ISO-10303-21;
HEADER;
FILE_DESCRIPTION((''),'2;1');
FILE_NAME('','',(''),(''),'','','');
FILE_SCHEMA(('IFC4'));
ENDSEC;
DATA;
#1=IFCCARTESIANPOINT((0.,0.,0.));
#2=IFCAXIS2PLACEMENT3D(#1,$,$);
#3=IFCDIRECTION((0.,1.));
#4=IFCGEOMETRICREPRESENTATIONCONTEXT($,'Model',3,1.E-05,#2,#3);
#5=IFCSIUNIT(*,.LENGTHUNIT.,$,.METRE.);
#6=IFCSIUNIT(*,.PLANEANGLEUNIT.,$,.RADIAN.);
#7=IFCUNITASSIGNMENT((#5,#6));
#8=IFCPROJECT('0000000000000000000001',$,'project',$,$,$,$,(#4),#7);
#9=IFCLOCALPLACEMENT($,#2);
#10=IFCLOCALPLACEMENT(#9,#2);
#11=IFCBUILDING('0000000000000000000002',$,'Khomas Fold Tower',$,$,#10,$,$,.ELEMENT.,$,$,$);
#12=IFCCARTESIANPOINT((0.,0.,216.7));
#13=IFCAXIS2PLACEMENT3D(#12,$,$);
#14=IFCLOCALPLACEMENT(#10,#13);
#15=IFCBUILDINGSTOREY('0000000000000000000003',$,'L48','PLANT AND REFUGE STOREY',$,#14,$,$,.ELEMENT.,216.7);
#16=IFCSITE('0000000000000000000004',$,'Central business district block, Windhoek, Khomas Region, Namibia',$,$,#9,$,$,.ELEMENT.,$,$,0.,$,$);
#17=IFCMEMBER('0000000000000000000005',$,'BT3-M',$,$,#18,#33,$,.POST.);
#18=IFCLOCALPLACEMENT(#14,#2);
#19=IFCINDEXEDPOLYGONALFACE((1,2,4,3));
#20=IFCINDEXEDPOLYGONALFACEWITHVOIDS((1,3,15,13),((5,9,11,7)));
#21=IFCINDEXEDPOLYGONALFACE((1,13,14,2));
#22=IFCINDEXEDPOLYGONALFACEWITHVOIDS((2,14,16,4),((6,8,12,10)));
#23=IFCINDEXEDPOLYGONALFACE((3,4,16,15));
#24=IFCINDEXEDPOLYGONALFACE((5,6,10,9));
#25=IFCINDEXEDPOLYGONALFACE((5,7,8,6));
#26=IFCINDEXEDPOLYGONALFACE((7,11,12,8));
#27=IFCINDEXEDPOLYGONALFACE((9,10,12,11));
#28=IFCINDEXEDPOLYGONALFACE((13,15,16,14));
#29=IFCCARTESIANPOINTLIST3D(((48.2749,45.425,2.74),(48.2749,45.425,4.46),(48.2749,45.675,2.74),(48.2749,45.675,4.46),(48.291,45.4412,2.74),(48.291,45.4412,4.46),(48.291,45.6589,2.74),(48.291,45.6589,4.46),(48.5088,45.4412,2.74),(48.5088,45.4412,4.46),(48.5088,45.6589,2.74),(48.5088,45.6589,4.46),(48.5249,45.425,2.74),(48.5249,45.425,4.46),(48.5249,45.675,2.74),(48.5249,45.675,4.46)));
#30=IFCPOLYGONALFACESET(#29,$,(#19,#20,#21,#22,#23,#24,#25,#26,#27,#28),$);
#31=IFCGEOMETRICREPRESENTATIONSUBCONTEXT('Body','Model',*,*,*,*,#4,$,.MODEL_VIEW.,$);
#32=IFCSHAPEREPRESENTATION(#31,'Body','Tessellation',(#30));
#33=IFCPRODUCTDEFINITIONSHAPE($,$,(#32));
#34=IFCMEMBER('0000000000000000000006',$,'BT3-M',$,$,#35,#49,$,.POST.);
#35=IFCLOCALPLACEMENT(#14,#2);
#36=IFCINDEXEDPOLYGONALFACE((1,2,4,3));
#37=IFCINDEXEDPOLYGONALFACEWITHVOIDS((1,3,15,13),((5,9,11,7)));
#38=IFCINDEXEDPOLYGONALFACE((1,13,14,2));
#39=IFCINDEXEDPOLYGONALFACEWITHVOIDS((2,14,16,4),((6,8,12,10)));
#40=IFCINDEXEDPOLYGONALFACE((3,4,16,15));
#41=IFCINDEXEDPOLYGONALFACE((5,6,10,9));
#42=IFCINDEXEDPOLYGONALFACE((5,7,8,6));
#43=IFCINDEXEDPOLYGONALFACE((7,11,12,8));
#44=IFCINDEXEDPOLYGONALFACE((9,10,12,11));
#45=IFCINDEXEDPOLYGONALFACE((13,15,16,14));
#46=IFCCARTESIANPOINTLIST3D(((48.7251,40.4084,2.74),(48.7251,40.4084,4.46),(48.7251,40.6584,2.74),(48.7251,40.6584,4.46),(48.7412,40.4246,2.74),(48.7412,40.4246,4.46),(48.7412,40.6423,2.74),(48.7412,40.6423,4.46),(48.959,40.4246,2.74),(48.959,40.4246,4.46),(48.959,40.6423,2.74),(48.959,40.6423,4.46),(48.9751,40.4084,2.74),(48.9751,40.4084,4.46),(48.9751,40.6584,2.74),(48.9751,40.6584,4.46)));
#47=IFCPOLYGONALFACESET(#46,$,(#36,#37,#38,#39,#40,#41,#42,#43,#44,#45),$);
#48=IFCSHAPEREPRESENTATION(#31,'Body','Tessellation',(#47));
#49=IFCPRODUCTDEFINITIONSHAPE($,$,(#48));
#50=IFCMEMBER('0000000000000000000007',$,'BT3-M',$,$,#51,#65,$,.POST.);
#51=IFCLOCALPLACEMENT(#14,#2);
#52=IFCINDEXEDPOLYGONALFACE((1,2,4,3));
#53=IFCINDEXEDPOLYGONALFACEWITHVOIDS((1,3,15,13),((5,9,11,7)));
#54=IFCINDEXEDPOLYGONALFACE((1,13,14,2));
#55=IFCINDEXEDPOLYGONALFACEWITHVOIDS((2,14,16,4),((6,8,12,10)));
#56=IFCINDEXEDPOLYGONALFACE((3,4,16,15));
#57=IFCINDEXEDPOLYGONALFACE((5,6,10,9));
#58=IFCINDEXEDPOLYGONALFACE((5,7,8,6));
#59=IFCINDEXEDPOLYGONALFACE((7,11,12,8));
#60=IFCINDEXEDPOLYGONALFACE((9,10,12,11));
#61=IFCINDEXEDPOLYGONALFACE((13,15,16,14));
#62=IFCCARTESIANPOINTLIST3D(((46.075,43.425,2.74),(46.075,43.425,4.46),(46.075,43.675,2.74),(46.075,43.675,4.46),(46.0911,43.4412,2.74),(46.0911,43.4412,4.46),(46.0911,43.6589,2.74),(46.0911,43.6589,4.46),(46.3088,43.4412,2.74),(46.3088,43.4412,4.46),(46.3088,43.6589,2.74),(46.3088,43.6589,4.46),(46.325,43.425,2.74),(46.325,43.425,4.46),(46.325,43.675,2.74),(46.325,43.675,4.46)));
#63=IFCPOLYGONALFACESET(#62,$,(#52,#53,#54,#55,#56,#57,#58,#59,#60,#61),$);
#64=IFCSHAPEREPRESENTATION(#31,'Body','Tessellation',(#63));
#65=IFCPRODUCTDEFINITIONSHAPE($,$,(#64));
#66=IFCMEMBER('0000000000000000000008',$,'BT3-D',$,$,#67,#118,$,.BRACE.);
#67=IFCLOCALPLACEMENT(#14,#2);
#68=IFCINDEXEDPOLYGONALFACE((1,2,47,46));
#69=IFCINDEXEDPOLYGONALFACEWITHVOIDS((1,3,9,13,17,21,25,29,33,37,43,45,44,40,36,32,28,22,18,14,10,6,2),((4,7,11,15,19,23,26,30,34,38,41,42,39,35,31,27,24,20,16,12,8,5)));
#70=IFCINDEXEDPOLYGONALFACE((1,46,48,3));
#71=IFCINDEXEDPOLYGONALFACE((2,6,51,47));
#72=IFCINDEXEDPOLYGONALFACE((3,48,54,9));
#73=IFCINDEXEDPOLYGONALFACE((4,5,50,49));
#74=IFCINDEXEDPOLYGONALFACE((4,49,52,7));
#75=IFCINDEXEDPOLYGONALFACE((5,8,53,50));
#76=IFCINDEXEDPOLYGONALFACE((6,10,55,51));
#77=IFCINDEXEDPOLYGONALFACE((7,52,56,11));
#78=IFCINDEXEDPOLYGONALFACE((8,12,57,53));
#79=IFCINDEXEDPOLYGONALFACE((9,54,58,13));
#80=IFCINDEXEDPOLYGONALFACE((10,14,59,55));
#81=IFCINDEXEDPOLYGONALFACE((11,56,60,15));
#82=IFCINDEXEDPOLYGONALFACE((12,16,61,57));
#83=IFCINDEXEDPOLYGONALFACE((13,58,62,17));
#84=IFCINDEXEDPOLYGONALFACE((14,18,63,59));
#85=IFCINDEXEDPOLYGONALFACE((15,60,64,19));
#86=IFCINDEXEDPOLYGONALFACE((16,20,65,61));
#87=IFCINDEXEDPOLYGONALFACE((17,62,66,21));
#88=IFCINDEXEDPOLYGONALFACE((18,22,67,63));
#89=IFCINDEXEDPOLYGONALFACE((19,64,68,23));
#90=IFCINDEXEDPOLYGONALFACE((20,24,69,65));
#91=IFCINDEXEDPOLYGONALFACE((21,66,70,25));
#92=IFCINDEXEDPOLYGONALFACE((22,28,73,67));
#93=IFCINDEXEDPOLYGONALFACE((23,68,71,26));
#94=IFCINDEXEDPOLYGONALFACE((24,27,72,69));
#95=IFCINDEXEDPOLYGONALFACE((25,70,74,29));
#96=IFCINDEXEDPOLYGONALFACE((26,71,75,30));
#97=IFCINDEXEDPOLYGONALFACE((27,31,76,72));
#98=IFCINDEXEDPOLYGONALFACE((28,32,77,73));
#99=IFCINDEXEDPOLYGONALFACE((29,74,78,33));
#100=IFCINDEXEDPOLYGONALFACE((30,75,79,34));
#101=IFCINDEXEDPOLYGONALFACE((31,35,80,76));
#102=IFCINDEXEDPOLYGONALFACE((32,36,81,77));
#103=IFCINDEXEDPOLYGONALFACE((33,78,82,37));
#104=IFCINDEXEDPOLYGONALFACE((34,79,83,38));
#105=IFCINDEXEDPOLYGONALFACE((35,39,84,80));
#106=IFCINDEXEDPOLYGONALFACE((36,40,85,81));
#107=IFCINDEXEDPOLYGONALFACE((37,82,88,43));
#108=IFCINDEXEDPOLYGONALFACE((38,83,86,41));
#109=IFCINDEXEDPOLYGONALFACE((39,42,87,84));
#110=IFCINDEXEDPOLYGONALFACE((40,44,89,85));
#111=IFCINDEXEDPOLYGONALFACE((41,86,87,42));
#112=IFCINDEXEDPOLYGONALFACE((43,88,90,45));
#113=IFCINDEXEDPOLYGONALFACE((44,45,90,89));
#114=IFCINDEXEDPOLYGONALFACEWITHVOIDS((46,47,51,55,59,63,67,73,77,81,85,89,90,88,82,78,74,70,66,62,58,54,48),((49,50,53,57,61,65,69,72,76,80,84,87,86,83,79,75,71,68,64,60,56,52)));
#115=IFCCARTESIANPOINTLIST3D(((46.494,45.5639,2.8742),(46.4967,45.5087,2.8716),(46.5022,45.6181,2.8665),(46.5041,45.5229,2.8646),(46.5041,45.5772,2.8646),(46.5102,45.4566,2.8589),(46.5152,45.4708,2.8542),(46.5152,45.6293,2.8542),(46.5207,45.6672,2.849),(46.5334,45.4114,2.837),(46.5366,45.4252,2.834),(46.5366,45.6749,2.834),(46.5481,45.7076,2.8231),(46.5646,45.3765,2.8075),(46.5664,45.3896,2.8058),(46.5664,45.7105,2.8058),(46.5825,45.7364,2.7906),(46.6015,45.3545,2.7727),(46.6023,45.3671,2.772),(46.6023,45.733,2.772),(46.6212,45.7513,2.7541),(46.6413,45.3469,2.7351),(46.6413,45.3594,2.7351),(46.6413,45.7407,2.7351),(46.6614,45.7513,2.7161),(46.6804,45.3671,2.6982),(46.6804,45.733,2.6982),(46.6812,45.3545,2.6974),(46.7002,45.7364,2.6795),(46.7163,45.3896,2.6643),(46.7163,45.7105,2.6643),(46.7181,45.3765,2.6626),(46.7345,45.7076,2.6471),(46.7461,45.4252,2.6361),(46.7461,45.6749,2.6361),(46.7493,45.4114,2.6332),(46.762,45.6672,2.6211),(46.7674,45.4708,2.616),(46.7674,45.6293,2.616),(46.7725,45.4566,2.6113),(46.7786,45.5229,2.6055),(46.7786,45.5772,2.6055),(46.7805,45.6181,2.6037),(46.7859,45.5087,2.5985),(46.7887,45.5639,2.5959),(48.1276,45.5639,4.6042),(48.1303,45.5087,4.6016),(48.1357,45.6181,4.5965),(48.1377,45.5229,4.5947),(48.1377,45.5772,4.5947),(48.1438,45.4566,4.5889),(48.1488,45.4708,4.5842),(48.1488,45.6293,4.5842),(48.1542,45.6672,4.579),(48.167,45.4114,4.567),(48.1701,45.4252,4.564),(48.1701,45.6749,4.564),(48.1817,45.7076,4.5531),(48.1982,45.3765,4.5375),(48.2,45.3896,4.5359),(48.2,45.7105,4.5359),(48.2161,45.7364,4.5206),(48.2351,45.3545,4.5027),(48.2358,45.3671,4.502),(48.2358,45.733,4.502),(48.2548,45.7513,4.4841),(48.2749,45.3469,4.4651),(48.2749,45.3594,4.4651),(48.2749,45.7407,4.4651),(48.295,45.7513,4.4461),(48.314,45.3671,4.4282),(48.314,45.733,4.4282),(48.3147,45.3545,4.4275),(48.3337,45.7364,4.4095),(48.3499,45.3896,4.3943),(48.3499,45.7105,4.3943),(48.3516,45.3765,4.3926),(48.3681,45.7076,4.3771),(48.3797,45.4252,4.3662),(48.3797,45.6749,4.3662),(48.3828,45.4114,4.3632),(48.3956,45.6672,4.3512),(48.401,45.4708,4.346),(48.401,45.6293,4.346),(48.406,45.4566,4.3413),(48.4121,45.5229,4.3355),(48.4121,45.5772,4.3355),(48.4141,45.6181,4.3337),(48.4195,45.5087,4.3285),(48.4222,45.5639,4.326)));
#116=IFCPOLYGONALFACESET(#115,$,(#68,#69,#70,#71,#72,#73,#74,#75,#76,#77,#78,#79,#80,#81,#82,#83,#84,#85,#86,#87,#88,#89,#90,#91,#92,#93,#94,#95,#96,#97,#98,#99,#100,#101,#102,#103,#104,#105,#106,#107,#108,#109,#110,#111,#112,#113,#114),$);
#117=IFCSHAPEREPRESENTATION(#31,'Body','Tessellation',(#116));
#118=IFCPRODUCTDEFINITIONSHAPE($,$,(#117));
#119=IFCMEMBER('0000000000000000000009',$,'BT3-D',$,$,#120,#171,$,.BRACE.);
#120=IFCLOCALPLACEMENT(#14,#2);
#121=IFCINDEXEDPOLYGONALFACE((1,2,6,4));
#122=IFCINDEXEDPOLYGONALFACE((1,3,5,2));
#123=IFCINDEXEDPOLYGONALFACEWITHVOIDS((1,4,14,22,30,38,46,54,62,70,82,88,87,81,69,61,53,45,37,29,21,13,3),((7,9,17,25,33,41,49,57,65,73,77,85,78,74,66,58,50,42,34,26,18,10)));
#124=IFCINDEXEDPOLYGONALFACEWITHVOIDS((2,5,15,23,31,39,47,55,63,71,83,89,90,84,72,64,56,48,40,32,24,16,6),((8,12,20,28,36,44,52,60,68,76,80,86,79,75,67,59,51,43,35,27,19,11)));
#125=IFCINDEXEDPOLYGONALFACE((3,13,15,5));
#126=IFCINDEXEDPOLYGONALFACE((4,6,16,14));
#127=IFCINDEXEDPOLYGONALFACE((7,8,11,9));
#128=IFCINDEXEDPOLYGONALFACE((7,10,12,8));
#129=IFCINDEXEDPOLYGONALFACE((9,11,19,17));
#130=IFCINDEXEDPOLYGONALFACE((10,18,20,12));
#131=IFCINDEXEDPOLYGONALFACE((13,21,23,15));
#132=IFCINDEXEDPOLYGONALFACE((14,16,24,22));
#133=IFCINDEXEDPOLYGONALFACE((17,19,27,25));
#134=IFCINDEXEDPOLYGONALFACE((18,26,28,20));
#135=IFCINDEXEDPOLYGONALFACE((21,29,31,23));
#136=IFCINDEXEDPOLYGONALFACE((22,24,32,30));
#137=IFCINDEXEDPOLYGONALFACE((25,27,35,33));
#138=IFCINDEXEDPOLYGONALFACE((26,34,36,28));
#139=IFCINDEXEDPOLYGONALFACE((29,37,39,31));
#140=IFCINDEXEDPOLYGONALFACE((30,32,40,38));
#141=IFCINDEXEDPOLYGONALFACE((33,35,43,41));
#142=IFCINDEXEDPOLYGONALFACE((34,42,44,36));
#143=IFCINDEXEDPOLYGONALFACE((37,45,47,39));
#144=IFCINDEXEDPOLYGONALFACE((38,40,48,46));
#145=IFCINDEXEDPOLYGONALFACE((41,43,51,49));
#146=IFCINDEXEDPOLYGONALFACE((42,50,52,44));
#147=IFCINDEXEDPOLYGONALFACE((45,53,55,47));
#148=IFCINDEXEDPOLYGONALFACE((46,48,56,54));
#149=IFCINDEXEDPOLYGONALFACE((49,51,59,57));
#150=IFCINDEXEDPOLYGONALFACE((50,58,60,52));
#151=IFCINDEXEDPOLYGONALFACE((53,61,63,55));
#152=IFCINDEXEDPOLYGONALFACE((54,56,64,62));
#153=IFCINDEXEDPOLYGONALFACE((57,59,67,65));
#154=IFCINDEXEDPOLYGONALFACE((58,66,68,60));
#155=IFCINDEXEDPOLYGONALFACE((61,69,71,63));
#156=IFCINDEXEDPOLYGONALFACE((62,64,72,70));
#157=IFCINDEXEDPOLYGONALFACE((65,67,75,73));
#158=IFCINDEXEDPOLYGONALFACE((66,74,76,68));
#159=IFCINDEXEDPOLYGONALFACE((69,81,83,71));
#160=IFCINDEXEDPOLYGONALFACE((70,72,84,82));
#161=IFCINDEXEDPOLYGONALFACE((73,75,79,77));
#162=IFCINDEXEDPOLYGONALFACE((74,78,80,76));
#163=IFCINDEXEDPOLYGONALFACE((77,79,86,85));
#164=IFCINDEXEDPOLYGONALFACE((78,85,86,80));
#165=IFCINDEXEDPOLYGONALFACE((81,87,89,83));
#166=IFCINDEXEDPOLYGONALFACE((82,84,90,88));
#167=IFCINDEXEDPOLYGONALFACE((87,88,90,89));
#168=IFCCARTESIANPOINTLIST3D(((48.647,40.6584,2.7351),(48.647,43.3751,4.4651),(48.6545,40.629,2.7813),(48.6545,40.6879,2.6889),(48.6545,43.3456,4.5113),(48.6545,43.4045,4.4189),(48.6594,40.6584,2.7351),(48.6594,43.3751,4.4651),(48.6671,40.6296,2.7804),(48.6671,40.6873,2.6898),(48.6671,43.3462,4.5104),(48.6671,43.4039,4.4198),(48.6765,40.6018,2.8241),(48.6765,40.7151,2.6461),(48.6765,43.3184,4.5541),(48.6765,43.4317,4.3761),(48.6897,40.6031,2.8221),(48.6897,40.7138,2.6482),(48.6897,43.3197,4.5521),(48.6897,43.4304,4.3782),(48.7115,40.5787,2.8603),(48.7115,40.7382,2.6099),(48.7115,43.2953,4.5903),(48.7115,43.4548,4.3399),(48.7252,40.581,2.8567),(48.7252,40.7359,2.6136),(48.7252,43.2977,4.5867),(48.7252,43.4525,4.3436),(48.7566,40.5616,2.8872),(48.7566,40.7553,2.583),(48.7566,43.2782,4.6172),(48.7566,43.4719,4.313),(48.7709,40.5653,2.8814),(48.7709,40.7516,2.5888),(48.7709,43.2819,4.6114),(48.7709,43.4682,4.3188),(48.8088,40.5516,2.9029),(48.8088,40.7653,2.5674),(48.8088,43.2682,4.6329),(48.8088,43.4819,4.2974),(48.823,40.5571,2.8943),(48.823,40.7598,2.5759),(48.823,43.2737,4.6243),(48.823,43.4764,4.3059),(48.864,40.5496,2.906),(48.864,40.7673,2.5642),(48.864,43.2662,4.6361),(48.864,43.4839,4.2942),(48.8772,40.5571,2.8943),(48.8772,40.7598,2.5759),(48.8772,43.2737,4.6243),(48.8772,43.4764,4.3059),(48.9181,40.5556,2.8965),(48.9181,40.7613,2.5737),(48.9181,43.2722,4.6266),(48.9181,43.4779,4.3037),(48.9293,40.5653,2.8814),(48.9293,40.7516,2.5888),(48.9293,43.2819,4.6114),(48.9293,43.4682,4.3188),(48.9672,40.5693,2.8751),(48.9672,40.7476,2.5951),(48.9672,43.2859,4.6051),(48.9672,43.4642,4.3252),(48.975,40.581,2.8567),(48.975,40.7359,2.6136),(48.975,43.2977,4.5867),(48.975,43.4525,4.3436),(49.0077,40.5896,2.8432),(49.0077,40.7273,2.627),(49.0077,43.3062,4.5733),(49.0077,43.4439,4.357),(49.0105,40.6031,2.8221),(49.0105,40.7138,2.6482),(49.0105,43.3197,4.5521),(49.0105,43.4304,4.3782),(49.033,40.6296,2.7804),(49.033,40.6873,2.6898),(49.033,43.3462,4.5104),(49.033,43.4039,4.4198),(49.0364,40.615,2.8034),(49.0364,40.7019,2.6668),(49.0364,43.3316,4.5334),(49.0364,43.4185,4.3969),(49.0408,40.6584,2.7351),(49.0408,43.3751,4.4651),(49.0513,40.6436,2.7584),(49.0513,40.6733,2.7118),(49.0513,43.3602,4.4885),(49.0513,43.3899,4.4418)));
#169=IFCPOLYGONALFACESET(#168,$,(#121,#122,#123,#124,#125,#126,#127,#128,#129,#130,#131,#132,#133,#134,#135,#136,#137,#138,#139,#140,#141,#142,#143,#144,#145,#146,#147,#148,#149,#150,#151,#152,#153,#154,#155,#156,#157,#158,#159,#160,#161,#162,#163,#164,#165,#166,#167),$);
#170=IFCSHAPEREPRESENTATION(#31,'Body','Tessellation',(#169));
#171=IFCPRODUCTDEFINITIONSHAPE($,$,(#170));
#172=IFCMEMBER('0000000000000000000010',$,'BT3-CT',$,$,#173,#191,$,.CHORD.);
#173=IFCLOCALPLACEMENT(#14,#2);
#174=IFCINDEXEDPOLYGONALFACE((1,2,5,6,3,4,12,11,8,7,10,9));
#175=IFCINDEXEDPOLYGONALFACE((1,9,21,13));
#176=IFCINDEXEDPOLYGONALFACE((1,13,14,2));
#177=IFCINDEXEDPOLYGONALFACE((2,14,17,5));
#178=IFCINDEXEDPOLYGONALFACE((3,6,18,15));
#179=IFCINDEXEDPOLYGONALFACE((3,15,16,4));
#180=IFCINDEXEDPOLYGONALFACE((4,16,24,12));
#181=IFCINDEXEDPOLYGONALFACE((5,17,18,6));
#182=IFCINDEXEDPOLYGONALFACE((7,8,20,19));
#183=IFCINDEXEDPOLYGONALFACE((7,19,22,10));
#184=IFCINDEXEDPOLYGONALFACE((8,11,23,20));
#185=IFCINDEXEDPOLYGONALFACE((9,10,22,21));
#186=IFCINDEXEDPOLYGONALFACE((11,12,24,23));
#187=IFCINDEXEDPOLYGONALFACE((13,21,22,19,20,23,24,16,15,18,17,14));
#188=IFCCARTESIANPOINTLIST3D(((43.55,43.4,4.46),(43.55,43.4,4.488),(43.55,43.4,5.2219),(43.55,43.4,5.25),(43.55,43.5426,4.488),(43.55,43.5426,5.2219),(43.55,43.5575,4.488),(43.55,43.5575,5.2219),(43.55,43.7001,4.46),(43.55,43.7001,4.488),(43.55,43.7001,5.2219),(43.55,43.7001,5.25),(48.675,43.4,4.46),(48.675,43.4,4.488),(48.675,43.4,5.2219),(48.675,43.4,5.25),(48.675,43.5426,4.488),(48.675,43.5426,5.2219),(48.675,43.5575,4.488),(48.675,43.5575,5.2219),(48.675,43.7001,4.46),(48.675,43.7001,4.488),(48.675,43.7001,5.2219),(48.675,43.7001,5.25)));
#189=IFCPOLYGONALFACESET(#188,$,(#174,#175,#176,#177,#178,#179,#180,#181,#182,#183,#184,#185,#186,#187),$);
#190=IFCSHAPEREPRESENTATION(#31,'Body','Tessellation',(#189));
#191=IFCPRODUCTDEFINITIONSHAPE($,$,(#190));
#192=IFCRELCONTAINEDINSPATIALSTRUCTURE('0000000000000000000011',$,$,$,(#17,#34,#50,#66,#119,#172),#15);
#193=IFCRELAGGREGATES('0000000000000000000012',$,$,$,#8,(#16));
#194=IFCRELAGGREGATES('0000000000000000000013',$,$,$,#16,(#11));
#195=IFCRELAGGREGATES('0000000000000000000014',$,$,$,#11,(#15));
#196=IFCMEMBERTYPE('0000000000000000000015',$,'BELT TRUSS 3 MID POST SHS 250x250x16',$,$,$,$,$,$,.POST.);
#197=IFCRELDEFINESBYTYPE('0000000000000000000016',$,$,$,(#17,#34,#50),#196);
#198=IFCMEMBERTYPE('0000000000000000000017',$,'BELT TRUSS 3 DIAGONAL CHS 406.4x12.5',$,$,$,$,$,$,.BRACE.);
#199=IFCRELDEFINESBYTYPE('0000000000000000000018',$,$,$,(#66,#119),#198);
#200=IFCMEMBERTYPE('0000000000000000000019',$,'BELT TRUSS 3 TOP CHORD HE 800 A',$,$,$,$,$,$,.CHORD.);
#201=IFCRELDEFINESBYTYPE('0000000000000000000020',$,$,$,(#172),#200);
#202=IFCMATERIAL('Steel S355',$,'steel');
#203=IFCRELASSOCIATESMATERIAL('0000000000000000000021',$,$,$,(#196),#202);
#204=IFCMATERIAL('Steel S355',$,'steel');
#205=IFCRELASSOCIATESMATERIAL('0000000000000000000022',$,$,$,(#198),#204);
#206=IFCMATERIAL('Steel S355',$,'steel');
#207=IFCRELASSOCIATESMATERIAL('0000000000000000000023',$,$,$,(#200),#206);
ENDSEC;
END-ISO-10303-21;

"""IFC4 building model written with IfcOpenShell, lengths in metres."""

from ifc_helpers import new_model, si_unit, direction, frame, origin, origin_2d, place, context, subcontext, project, spatial, hollow_rectangle, hollow_circle, i_section, extrude, source, transform, mapped, material, material_profile, profile_set, type_object, element, save


model = new_model("IFC4")

# Units and contexts
model_context = context("Model", 3, precision=1e-05, world=origin(), true_north=direction((0.0, 1.0)))
body_context = subcontext(model_context, "Body", "Model", "MODEL_VIEW")
ifc_project = project(units=[si_unit("LENGTHUNIT", "METRE"), si_unit("PLANEANGLEUNIT", "RADIAN")], contexts=[model_context])

# Site, building, storey
site_placement = place(None, origin())
site = spatial("IfcSite", under=ifc_project, at=site_placement, Name="Central business district block, Windhoek, Khomas Region, Namibia", CompositionType="ELEMENT", RefElevation=0.0)
building_placement = place(site_placement, origin())
building = spatial("IfcBuilding", under=site, at=building_placement, Name="Khomas Fold Tower", CompositionType="ELEMENT")
storey_placement = place(building_placement, frame((0.0, 0.0, 216.7)))
storey = spatial("IfcBuildingStorey", under=building, at=storey_placement, Name="L48", Description="PLANT AND REFUGE STOREY", CompositionType="ELEMENT", Elevation=216.7)

# Members
ifc_material_1 = material(Name="Steel S355", Category="steel")
ifc_material_profile_1 = material_profile(ifc_material_1, hollow_rectangle(XDim=0.25, YDim=0.25, WallThickness=0.0161, at=origin_2d()), Name="SHS 250x250x16")
ifc_profile_set_1 = profile_set([ifc_material_profile_1], Name="Steel S355")
member_type_1 = type_object("IfcMemberType", Name="BELT TRUSS 3 MID POST SHS 250x250x16", PredefinedType="POST", material=ifc_profile_set_1)
shared_shape_1 = source(origin(), body_context, "Body", "SweptSolid", [
    extrude(hollow_rectangle(XDim=0.25, YDim=0.25, WallThickness=0.0161, at=origin_2d()), origin(), (0.0, 0.0, 1.0), 1.72),
])
for number, where, z_axis, x_axis, name in (
    (1, (48.3999, 45.55, 2.74), (0.0, 0.0, 1.0), (1.0, 0.0, 0.0), "BT3-M"),
    (2, (48.8501, 40.5334, 2.74), (0.0, 0.0, 1.0), (1.0, 0.0, 0.0), "BT3-M"),
    (3, (46.2, 43.55, 2.74), (0.0, 0.0, 1.0), (1.0, 0.0, 0.0), "BT3-M"),
):
    element("IfcMember", number, at=place(storey_placement, frame(where, z_axis=z_axis, x_axis=x_axis)), inside=storey, type_object=member_type_1, Name=name, PredefinedType="POST", context=body_context, shape_type="MappedRepresentation", body=[
        mapped(shared_shape_1, transform((0.0, 0.0, 0.0))),
    ])
ifc_material_2 = material(Name="Steel S355", Category="steel")
ifc_material_profile_2 = material_profile(ifc_material_2, hollow_circle(Radius=0.2031, WallThickness=0.0125, at=origin_2d()), Name="CHS 406.4x12.5")
ifc_profile_set_2 = profile_set([ifc_material_profile_2], Name="Steel S355")
member_type_2 = type_object("IfcMemberType", Name="BELT TRUSS 3 DIAGONAL CHS 406.4x12.5", PredefinedType="BRACE", material=ifc_profile_set_2)
shared_shape_2 = source(origin(), body_context, "Body", "SweptSolid", [
    extrude(hollow_circle(Radius=0.2031, WallThickness=0.0125, at=origin_2d()), origin(), (0.0, 0.0, 1.0), 2.3794),
])
member_1_placement = place(storey_placement, frame((48.2749, 45.55, 4.4651), z_axis=(-0.686551, 0.0, -0.727081), x_axis=(0.0, -1.0, 0.0)))
element("IfcMember", 4, at=member_1_placement, inside=storey, type_object=member_type_2, Name="BT3-D", PredefinedType="BRACE", context=body_context, shape_type="MappedRepresentation", body=[
    mapped(shared_shape_2, transform((0.0, 0.0, 0.0))),
])
shared_shape_3 = source(origin(), body_context, "Body", "SweptSolid", [
    extrude(hollow_circle(Radius=0.2031, WallThickness=0.0125, at=origin_2d()), origin(), (0.0, 0.0, 1.0), 3.2207),
])
member_2_placement = place(storey_placement, frame((48.8501, 40.6584, 2.7351), z_axis=(0.0, 0.843484, 0.537155), x_axis=(-1.0, 0.0, 0.0)))
element("IfcMember", 5, at=member_2_placement, inside=storey, type_object=member_type_2, Name="BT3-D", PredefinedType="BRACE", context=body_context, shape_type="MappedRepresentation", body=[
    mapped(shared_shape_3, transform((0.0, 0.0, 0.0))),
])
ifc_material_3 = material(Name="Steel S355", Category="steel")
ifc_material_profile_3 = material_profile(ifc_material_3, i_section(OverallWidth=0.3, OverallDepth=0.79, WebThickness=0.0149, FlangeThickness=0.0281, at=origin_2d()), Name="HE 800 A")
ifc_profile_set_3 = profile_set([ifc_material_profile_3], Name="Steel S355")
member_type_3 = type_object("IfcMemberType", Name="BELT TRUSS 3 TOP CHORD HE 800 A", PredefinedType="CHORD", material=ifc_profile_set_3)
shared_shape_4 = source(origin(), body_context, "Body", "SweptSolid", [
    extrude(i_section(OverallWidth=0.3, OverallDepth=0.79, WebThickness=0.0149, FlangeThickness=0.0281, at=origin_2d()), origin(), (0.0, 0.0, 1.0), 5.125),
])
member_3_placement = place(storey_placement, frame((48.675, 43.55, 4.855), z_axis=(-1.0, 0.0, 0.0), x_axis=(0.0, -1.0, 0.0)))
element("IfcMember", 6, at=member_3_placement, inside=storey, type_object=member_type_3, Name="BT3-CT", PredefinedType="CHORD", context=body_context, shape_type="MappedRepresentation", body=[
    mapped(shared_shape_4, transform((0.0, 0.0, 0.0))),
])

save(model, "model.ifc")
